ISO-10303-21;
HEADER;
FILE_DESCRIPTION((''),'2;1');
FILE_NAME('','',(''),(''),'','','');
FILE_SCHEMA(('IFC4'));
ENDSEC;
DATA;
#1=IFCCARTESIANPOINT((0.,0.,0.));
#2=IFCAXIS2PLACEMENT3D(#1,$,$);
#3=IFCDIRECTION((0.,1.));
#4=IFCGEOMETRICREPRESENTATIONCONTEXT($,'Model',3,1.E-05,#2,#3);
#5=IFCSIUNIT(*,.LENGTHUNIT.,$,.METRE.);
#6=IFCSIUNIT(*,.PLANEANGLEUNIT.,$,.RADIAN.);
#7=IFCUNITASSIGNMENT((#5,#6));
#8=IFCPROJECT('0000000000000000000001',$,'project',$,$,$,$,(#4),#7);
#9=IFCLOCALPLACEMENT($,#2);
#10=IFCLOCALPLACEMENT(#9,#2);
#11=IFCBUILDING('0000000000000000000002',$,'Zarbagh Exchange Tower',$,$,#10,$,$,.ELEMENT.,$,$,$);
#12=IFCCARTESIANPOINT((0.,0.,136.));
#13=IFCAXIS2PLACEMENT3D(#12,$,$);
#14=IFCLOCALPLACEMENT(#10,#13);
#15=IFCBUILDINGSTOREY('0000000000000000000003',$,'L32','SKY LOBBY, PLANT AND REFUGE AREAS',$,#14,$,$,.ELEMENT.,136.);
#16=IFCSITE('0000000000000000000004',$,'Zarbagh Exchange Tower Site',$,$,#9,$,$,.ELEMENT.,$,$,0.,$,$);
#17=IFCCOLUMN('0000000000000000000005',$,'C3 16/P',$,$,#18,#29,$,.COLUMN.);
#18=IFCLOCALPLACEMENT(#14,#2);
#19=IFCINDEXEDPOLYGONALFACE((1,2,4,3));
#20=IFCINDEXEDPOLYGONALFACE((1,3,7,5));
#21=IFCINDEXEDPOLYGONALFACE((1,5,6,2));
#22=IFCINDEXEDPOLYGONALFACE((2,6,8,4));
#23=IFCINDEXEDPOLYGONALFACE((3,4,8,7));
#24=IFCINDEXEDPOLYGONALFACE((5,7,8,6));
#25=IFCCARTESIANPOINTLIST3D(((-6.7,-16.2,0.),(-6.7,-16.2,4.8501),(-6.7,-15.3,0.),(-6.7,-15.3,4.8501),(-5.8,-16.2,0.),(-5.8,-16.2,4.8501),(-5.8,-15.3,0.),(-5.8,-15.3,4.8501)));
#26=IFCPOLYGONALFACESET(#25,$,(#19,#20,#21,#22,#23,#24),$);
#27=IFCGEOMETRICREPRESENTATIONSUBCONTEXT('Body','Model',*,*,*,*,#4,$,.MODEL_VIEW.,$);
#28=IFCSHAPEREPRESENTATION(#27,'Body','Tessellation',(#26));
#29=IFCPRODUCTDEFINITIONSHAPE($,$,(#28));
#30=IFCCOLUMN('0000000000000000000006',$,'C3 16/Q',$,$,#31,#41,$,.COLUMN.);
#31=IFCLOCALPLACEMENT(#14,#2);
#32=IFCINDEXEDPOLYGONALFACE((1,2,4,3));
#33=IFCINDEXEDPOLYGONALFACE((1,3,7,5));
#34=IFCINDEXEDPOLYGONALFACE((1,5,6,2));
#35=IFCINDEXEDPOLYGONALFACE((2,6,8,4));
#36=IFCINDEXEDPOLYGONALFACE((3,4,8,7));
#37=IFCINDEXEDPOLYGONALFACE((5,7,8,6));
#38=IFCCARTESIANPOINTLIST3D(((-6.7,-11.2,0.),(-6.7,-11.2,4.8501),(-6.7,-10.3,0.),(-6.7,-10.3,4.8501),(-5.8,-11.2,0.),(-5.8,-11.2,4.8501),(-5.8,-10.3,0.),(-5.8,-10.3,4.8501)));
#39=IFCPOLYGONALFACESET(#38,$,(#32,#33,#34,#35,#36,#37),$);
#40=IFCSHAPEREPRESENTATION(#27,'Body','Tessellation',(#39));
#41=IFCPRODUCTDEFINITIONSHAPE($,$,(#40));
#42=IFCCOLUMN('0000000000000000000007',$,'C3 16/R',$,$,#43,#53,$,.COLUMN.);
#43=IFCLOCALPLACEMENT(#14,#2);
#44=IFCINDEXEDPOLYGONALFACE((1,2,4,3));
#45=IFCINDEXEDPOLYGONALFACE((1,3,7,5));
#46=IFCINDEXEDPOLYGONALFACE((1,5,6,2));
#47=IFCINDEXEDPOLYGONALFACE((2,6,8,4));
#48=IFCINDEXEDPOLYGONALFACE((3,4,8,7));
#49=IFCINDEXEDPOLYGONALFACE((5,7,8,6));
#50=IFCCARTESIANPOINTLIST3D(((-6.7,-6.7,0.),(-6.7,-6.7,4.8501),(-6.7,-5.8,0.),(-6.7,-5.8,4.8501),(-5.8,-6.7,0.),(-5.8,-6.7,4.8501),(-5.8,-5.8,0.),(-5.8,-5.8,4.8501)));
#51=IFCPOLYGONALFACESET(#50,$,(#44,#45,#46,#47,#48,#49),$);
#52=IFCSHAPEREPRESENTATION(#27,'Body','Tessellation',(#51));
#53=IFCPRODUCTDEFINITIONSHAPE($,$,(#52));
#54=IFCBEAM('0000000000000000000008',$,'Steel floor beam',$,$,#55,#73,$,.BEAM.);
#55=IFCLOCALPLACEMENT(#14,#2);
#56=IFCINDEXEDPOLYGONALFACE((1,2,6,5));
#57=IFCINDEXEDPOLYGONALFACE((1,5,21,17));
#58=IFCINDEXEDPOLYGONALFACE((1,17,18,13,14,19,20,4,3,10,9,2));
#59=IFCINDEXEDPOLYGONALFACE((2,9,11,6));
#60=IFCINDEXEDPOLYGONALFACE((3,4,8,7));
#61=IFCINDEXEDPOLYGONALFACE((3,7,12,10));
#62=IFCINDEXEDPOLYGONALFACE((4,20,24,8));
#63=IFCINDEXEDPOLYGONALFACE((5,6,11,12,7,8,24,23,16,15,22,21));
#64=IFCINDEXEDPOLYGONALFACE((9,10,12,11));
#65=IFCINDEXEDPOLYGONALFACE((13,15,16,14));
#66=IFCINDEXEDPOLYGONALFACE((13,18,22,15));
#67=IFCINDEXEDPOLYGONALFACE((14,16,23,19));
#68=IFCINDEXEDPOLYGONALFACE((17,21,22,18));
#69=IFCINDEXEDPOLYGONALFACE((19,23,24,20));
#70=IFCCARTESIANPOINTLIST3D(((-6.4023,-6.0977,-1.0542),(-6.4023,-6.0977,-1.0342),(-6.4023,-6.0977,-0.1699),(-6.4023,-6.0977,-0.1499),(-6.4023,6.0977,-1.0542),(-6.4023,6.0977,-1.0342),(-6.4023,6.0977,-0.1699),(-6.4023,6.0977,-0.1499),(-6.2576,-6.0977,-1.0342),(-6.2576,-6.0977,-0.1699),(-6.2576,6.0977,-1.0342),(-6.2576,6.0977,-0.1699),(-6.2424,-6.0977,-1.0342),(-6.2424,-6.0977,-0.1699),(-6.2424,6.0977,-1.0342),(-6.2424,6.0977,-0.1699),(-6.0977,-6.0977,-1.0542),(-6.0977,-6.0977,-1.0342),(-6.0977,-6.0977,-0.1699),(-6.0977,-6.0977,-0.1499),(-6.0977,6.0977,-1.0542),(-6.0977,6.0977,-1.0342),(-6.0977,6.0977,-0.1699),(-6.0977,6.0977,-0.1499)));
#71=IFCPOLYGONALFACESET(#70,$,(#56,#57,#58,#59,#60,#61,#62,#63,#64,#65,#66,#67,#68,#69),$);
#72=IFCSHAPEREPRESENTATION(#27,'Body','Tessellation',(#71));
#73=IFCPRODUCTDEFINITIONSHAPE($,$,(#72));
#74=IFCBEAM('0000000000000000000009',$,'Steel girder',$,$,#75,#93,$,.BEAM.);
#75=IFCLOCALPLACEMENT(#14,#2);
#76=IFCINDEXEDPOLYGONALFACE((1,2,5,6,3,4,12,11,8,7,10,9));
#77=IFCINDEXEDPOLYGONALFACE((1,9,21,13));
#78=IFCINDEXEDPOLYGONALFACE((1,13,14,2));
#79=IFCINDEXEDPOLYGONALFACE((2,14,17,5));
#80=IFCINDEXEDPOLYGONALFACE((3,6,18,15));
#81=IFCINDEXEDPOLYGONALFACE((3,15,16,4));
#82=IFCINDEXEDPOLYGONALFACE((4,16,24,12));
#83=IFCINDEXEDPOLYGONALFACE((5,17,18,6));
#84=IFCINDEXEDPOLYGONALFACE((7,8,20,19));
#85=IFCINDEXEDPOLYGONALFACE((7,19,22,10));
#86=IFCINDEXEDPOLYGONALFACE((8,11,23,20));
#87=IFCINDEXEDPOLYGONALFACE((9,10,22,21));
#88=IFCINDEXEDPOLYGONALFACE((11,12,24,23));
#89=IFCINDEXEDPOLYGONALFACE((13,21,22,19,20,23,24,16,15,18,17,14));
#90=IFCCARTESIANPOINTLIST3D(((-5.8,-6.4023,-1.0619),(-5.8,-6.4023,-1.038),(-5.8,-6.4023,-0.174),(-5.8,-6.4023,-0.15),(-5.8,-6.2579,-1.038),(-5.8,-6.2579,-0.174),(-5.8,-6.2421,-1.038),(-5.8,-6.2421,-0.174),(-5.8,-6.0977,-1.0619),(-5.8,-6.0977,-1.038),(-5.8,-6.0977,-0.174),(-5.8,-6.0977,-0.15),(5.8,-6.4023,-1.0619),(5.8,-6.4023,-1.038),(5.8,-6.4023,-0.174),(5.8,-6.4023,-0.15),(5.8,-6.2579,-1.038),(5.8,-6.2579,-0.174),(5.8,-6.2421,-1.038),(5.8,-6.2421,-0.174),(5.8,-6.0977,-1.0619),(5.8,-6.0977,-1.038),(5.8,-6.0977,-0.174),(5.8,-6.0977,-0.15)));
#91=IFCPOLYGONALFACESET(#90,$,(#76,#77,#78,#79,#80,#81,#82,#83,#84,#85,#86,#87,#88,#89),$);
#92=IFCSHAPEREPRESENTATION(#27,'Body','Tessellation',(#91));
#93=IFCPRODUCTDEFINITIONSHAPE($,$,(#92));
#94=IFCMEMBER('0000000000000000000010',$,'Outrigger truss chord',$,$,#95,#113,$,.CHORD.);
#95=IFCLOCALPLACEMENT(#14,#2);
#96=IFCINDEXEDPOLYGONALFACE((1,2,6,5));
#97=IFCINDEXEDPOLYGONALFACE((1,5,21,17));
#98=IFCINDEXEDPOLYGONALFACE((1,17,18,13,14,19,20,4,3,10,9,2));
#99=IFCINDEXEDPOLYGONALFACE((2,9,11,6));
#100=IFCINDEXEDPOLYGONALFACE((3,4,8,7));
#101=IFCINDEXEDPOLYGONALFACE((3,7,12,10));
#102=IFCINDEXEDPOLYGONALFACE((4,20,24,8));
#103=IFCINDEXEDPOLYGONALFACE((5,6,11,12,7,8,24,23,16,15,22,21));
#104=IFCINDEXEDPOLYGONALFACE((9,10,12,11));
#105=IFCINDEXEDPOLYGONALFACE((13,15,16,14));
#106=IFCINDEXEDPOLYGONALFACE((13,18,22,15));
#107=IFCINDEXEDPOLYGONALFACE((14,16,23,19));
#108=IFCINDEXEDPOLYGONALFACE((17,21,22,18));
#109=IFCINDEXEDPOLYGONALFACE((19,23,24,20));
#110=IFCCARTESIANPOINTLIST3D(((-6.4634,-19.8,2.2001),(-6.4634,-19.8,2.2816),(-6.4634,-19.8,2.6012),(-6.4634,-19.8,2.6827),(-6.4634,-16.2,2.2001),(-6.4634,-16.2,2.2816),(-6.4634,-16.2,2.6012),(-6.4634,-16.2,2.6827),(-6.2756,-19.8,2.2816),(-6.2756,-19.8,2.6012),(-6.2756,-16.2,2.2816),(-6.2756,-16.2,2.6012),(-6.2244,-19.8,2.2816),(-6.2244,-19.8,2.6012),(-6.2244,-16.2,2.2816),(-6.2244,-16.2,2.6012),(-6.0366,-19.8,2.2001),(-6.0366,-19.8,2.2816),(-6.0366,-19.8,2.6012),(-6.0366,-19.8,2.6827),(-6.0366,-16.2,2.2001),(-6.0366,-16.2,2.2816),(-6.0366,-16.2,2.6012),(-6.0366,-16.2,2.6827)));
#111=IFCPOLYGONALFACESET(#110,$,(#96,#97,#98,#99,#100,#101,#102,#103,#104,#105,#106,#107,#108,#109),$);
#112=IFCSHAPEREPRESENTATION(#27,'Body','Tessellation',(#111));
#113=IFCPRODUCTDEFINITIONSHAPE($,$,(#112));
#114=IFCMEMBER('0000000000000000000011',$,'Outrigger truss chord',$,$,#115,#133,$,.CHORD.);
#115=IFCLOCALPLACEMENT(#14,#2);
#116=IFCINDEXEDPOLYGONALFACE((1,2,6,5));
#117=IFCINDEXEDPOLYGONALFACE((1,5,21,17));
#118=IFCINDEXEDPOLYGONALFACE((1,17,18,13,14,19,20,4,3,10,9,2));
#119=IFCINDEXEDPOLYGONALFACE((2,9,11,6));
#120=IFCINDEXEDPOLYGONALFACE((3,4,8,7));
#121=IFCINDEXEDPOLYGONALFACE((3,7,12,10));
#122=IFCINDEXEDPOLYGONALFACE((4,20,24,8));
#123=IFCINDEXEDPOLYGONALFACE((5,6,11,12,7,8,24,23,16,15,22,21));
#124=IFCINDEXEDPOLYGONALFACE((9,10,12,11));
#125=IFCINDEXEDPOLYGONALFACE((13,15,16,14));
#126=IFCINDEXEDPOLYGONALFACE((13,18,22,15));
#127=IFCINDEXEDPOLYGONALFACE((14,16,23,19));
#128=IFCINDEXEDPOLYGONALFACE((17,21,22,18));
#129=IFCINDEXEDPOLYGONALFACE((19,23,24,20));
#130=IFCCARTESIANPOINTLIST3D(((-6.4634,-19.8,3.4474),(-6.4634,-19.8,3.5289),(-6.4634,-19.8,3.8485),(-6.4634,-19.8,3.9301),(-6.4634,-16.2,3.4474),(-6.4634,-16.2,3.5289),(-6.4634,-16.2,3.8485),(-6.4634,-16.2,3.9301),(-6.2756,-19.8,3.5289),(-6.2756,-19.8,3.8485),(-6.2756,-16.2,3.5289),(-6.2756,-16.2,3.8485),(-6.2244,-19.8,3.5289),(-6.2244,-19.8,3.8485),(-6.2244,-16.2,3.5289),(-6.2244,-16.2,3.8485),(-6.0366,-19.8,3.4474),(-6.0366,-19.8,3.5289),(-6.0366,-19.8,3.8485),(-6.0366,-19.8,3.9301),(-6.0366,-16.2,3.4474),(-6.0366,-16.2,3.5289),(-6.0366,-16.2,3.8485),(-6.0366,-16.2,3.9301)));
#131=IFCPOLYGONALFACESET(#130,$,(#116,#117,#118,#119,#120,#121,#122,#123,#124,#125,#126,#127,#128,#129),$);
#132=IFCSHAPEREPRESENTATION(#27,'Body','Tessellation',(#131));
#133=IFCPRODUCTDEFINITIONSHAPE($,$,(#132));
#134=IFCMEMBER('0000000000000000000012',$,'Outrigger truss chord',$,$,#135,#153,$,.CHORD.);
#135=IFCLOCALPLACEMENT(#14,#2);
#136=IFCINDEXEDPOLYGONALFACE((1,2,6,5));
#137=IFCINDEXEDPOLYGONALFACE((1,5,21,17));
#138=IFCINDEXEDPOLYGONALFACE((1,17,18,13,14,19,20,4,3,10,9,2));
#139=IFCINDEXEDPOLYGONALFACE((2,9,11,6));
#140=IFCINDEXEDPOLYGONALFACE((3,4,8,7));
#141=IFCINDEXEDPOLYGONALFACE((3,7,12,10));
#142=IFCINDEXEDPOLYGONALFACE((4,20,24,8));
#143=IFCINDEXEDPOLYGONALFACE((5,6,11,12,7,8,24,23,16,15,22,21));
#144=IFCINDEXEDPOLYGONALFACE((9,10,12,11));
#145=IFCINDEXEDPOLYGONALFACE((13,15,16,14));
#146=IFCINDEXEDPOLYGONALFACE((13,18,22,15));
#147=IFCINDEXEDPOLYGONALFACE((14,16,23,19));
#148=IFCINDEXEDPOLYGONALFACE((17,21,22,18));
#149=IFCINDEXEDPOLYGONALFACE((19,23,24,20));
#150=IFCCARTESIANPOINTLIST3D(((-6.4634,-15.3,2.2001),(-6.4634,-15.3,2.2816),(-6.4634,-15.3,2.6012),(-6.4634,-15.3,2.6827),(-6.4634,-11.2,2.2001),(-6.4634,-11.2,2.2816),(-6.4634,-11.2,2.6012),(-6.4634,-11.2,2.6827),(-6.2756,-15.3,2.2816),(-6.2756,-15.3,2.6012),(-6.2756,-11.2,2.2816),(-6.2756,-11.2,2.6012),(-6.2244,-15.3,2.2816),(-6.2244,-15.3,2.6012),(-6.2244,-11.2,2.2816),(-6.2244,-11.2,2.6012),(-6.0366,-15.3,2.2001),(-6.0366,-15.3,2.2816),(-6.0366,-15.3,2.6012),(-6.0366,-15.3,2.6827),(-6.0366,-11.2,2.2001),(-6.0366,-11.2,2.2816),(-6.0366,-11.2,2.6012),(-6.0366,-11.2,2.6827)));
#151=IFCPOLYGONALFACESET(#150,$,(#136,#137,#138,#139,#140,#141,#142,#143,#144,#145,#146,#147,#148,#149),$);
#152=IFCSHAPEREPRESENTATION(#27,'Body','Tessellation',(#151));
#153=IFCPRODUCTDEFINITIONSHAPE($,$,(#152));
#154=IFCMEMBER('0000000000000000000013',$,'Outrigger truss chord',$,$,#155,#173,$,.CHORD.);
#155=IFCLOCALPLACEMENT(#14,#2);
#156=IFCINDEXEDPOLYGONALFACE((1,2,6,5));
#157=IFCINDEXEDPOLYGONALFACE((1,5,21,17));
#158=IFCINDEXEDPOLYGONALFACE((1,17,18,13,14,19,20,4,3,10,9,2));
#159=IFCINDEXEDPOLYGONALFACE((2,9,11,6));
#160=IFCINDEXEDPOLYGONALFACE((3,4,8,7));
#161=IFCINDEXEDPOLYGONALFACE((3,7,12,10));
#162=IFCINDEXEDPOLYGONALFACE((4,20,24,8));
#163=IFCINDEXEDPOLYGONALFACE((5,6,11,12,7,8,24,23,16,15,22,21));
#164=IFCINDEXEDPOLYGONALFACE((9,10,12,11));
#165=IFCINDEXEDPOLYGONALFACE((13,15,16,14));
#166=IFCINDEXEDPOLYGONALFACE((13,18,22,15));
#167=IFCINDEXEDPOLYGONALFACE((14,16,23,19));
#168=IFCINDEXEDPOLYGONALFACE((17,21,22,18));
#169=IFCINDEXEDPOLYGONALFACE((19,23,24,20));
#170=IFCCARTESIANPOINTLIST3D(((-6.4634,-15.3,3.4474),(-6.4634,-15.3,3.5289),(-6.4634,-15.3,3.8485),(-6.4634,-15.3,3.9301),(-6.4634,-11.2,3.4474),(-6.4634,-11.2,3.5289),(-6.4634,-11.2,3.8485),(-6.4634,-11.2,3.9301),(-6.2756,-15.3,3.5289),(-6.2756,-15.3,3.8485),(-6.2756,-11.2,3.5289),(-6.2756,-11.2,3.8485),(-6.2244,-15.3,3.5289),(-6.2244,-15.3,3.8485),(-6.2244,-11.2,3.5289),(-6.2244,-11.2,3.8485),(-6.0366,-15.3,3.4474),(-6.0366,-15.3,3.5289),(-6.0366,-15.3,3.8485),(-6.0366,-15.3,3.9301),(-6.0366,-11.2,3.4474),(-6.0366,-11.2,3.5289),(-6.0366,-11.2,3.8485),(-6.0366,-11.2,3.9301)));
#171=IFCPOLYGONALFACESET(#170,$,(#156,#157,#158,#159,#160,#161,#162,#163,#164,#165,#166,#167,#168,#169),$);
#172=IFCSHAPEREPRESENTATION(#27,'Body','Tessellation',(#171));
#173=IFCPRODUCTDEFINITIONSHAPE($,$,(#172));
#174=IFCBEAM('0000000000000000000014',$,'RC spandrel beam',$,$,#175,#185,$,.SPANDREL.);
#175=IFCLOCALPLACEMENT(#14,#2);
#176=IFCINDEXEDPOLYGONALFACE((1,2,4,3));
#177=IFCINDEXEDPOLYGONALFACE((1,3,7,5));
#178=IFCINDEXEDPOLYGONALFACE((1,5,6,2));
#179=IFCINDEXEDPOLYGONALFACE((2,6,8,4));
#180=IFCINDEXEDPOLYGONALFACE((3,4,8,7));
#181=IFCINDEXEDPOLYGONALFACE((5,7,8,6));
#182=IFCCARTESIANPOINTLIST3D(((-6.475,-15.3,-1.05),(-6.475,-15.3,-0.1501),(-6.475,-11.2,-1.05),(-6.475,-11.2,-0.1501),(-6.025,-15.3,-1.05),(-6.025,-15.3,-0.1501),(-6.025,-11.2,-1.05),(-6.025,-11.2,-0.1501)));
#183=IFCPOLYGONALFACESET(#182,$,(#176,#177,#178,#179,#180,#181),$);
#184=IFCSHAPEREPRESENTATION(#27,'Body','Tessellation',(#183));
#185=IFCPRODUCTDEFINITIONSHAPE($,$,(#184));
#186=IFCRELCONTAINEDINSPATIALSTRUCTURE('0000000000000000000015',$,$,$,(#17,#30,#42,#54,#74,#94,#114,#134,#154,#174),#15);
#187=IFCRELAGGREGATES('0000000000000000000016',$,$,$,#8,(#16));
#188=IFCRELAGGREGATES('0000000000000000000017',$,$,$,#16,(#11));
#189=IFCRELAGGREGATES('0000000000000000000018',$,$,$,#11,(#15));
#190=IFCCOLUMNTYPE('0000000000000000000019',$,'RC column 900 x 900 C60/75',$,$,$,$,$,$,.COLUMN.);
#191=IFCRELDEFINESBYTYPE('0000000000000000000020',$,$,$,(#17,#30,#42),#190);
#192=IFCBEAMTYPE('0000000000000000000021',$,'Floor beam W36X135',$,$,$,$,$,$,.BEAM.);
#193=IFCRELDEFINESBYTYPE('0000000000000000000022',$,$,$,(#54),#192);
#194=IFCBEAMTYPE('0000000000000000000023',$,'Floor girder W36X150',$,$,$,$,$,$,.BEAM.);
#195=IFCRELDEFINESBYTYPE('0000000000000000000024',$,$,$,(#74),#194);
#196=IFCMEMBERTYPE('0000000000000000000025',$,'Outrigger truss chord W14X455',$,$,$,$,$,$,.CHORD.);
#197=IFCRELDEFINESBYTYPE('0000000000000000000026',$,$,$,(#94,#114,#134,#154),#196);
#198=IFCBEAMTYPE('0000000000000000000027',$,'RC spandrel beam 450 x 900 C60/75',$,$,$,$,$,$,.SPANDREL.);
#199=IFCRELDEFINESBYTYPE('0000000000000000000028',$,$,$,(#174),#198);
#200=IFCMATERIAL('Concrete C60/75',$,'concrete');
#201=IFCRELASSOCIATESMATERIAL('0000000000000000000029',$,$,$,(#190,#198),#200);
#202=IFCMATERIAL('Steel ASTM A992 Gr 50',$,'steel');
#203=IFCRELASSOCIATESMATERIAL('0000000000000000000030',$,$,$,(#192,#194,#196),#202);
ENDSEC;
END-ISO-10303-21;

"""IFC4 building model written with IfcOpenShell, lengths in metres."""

from ifc_helpers import new_model, si_unit, direction, frame, origin, origin_2d, place, context, subcontext, project, spatial, rectangle, i_section, extrude, material, material_profile, profile_set, type_object, element, save


model = new_model("IFC4")

# Units and contexts
model_context = context("Model", 3, precision=1e-05, world=origin(), true_north=direction((0.0, 1.0)))
body_context = subcontext(model_context, "Body", "Model", "MODEL_VIEW")
ifc_project = project(units=[si_unit("LENGTHUNIT", "METRE"), si_unit("PLANEANGLEUNIT", "RADIAN")], contexts=[model_context])

# Site, building, storey
site_placement = place(None, origin())
site = spatial("IfcSite", under=ifc_project, at=site_placement, Name="Zarbagh Exchange Tower Site", CompositionType="ELEMENT", RefElevation=0.0)
building_placement = place(site_placement, origin())
building = spatial("IfcBuilding", under=site, at=building_placement, Name="Zarbagh Exchange Tower", CompositionType="ELEMENT")
storey_placement = place(building_placement, frame((0.0, 0.0, 136.0)))
storey = spatial("IfcBuildingStorey", under=building, at=storey_placement, Name="L32", Description="SKY LOBBY, PLANT AND REFUGE AREAS", CompositionType="ELEMENT", Elevation=136.0)

# Columns
ifc_material_1 = material(Name="Concrete C60/75", Category="concrete")
ifc_material_profile_1 = material_profile(ifc_material_1, rectangle(XDim=0.8999, YDim=0.8999, at=origin_2d()), Name="RC column 900 x 900 C60/75")
ifc_profile_set_1 = profile_set([ifc_material_profile_1], Name="Concrete C60/75")
column_type = type_object("IfcColumnType", Name="RC column 900 x 900 C60/75", PredefinedType="COLUMN", material=ifc_profile_set_1)
for number, where, z_axis, x_axis, name in (
    (1, (-6.25, -15.75, 0.0), (0.0, 0.0, 1.0), (1.0, 0.0, 0.0), "C3 16/P"),
    (2, (-6.25, -10.75, 0.0), (0.0, 0.0, 1.0), (1.0, 0.0, 0.0), "C3 16/Q"),
    (3, (-6.25, -6.25, 0.0), (0.0, 0.0, 1.0), (1.0, 0.0, 0.0), "C3 16/R"),
):
    element("IfcColumn", number, at=place(storey_placement, frame(where, z_axis=z_axis, x_axis=x_axis)), inside=storey, type_object=column_type, Name=name, PredefinedType="COLUMN", context=body_context, shape_type="SweptSolid", body=[
        extrude(rectangle(XDim=0.8999, YDim=0.8999, at=origin_2d()), origin(), (0.0, 0.0, 1.0), 4.8501),
    ])

# Beams
ifc_material_2 = material(Name="Steel ASTM A992 Gr 50", Category="steel")
ifc_material_profile_2 = material_profile(ifc_material_2, i_section(OverallWidth=0.3047, OverallDepth=0.9043, WebThickness=0.0151, FlangeThickness=0.02, at=origin_2d()), Name="W36X135")
ifc_profile_set_2 = profile_set([ifc_material_profile_2], Name="Steel ASTM A992 Gr 50")
beam_type_1 = type_object("IfcBeamType", Name="Floor beam W36X135", PredefinedType="BEAM", material=ifc_profile_set_2)
beam_1_placement = place(storey_placement, frame((-6.25, -6.0977, -0.6021), z_axis=(0.0, 1.0, 0.0), x_axis=(-1.0, 0.0, 0.0)))
element("IfcBeam", 4, at=beam_1_placement, inside=storey, type_object=beam_type_1, Name="Steel floor beam", PredefinedType="BEAM", context=body_context, shape_type="SweptSolid", body=[
    extrude(i_section(OverallWidth=0.3047, OverallDepth=0.9043, WebThickness=0.0151, FlangeThickness=0.02, at=origin_2d()), origin(), (0.0, 0.0, 1.0), 12.1953),
])
ifc_material_profile_3 = material_profile(ifc_material_2, i_section(OverallWidth=0.3047, OverallDepth=0.9119, WebThickness=0.0159, FlangeThickness=0.0239, at=origin_2d()), Name="W36X150")
ifc_profile_set_3 = profile_set([ifc_material_profile_3], Name="Steel ASTM A992 Gr 50")
beam_type_2 = type_object("IfcBeamType", Name="Floor girder W36X150", PredefinedType="BEAM", material=ifc_profile_set_3)
beam_2_placement = place(storey_placement, frame((-5.8, -6.25, -0.606), z_axis=(1.0, 0.0, 0.0), x_axis=(0.0, 1.0, 0.0)))
element("IfcBeam", 5, at=beam_2_placement, inside=storey, type_object=beam_type_2, Name="Steel girder", PredefinedType="BEAM", context=body_context, shape_type="SweptSolid", body=[
    extrude(i_section(OverallWidth=0.3047, OverallDepth=0.9119, WebThickness=0.0159, FlangeThickness=0.0239, at=origin_2d()), origin(), (0.0, 0.0, 1.0), 11.6001),
])

# Members
ifc_material_profile_4 = material_profile(ifc_material_2, i_section(OverallWidth=0.4268, OverallDepth=0.4827, WebThickness=0.0513, FlangeThickness=0.0815, at=origin_2d()), Name="W14X455")
ifc_profile_set_4 = profile_set([ifc_material_profile_4], Name="Steel ASTM A992 Gr 50")
member_type = type_object("IfcMemberType", Name="Outrigger truss chord W14X455", PredefinedType="CHORD", material=ifc_profile_set_4)
for number, where, z_axis, x_axis, name in (
    (6, (-6.25, -19.8, 2.4414), (0.0, 1.0, 0.0), (-1.0, 0.0, 0.0), "Outrigger truss chord"),
    (7, (-6.25, -19.8, 3.6887), (0.0, 1.0, 0.0), (-1.0, 0.0, 0.0), "Outrigger truss chord"),
):
    element("IfcMember", number, at=place(storey_placement, frame(where, z_axis=z_axis, x_axis=x_axis)), inside=storey, type_object=member_type, Name=name, PredefinedType="CHORD", context=body_context, shape_type="SweptSolid", body=[
        extrude(i_section(OverallWidth=0.4268, OverallDepth=0.4827, WebThickness=0.0513, FlangeThickness=0.0815, at=origin_2d()), origin(), (0.0, 0.0, 1.0), 3.6001),
    ])
for number, where, z_axis, x_axis, name in (
    (8, (-6.25, -15.3, 2.4414), (0.0, 1.0, 0.0), (-1.0, 0.0, 0.0), "Outrigger truss chord"),
    (9, (-6.25, -15.3, 3.6887), (0.0, 1.0, 0.0), (-1.0, 0.0, 0.0), "Outrigger truss chord"),
):
    element("IfcMember", number, at=place(storey_placement, frame(where, z_axis=z_axis, x_axis=x_axis)), inside=storey, type_object=member_type, Name=name, PredefinedType="CHORD", context=body_context, shape_type="SweptSolid", body=[
        extrude(i_section(OverallWidth=0.4268, OverallDepth=0.4827, WebThickness=0.0513, FlangeThickness=0.0815, at=origin_2d()), origin(), (0.0, 0.0, 1.0), 4.1001),
    ])

# Beam
ifc_material_profile_5 = material_profile(ifc_material_1, rectangle(XDim=0.45, YDim=0.8999, at=origin_2d()), Name="RC spandrel beam 450 x 900 C60/75")
ifc_profile_set_5 = profile_set([ifc_material_profile_5], Name="Concrete C60/75")
beam_type_3 = type_object("IfcBeamType", Name="RC spandrel beam 450 x 900 C60/75", PredefinedType="SPANDREL", material=ifc_profile_set_5)
beam_3_placement = place(storey_placement, frame((-6.25, -15.3, -0.6001), z_axis=(0.0, 1.0, 0.0), x_axis=(-1.0, 0.0, 0.0)))
element("IfcBeam", 10, at=beam_3_placement, inside=storey, type_object=beam_type_3, Name="RC spandrel beam", PredefinedType="SPANDREL", context=body_context, shape_type="SweptSolid", body=[
    extrude(rectangle(XDim=0.45, YDim=0.8999, at=origin_2d()), origin(), (0.0, 0.0, 1.0), 4.1001),
])

save(model, "model.ifc")
